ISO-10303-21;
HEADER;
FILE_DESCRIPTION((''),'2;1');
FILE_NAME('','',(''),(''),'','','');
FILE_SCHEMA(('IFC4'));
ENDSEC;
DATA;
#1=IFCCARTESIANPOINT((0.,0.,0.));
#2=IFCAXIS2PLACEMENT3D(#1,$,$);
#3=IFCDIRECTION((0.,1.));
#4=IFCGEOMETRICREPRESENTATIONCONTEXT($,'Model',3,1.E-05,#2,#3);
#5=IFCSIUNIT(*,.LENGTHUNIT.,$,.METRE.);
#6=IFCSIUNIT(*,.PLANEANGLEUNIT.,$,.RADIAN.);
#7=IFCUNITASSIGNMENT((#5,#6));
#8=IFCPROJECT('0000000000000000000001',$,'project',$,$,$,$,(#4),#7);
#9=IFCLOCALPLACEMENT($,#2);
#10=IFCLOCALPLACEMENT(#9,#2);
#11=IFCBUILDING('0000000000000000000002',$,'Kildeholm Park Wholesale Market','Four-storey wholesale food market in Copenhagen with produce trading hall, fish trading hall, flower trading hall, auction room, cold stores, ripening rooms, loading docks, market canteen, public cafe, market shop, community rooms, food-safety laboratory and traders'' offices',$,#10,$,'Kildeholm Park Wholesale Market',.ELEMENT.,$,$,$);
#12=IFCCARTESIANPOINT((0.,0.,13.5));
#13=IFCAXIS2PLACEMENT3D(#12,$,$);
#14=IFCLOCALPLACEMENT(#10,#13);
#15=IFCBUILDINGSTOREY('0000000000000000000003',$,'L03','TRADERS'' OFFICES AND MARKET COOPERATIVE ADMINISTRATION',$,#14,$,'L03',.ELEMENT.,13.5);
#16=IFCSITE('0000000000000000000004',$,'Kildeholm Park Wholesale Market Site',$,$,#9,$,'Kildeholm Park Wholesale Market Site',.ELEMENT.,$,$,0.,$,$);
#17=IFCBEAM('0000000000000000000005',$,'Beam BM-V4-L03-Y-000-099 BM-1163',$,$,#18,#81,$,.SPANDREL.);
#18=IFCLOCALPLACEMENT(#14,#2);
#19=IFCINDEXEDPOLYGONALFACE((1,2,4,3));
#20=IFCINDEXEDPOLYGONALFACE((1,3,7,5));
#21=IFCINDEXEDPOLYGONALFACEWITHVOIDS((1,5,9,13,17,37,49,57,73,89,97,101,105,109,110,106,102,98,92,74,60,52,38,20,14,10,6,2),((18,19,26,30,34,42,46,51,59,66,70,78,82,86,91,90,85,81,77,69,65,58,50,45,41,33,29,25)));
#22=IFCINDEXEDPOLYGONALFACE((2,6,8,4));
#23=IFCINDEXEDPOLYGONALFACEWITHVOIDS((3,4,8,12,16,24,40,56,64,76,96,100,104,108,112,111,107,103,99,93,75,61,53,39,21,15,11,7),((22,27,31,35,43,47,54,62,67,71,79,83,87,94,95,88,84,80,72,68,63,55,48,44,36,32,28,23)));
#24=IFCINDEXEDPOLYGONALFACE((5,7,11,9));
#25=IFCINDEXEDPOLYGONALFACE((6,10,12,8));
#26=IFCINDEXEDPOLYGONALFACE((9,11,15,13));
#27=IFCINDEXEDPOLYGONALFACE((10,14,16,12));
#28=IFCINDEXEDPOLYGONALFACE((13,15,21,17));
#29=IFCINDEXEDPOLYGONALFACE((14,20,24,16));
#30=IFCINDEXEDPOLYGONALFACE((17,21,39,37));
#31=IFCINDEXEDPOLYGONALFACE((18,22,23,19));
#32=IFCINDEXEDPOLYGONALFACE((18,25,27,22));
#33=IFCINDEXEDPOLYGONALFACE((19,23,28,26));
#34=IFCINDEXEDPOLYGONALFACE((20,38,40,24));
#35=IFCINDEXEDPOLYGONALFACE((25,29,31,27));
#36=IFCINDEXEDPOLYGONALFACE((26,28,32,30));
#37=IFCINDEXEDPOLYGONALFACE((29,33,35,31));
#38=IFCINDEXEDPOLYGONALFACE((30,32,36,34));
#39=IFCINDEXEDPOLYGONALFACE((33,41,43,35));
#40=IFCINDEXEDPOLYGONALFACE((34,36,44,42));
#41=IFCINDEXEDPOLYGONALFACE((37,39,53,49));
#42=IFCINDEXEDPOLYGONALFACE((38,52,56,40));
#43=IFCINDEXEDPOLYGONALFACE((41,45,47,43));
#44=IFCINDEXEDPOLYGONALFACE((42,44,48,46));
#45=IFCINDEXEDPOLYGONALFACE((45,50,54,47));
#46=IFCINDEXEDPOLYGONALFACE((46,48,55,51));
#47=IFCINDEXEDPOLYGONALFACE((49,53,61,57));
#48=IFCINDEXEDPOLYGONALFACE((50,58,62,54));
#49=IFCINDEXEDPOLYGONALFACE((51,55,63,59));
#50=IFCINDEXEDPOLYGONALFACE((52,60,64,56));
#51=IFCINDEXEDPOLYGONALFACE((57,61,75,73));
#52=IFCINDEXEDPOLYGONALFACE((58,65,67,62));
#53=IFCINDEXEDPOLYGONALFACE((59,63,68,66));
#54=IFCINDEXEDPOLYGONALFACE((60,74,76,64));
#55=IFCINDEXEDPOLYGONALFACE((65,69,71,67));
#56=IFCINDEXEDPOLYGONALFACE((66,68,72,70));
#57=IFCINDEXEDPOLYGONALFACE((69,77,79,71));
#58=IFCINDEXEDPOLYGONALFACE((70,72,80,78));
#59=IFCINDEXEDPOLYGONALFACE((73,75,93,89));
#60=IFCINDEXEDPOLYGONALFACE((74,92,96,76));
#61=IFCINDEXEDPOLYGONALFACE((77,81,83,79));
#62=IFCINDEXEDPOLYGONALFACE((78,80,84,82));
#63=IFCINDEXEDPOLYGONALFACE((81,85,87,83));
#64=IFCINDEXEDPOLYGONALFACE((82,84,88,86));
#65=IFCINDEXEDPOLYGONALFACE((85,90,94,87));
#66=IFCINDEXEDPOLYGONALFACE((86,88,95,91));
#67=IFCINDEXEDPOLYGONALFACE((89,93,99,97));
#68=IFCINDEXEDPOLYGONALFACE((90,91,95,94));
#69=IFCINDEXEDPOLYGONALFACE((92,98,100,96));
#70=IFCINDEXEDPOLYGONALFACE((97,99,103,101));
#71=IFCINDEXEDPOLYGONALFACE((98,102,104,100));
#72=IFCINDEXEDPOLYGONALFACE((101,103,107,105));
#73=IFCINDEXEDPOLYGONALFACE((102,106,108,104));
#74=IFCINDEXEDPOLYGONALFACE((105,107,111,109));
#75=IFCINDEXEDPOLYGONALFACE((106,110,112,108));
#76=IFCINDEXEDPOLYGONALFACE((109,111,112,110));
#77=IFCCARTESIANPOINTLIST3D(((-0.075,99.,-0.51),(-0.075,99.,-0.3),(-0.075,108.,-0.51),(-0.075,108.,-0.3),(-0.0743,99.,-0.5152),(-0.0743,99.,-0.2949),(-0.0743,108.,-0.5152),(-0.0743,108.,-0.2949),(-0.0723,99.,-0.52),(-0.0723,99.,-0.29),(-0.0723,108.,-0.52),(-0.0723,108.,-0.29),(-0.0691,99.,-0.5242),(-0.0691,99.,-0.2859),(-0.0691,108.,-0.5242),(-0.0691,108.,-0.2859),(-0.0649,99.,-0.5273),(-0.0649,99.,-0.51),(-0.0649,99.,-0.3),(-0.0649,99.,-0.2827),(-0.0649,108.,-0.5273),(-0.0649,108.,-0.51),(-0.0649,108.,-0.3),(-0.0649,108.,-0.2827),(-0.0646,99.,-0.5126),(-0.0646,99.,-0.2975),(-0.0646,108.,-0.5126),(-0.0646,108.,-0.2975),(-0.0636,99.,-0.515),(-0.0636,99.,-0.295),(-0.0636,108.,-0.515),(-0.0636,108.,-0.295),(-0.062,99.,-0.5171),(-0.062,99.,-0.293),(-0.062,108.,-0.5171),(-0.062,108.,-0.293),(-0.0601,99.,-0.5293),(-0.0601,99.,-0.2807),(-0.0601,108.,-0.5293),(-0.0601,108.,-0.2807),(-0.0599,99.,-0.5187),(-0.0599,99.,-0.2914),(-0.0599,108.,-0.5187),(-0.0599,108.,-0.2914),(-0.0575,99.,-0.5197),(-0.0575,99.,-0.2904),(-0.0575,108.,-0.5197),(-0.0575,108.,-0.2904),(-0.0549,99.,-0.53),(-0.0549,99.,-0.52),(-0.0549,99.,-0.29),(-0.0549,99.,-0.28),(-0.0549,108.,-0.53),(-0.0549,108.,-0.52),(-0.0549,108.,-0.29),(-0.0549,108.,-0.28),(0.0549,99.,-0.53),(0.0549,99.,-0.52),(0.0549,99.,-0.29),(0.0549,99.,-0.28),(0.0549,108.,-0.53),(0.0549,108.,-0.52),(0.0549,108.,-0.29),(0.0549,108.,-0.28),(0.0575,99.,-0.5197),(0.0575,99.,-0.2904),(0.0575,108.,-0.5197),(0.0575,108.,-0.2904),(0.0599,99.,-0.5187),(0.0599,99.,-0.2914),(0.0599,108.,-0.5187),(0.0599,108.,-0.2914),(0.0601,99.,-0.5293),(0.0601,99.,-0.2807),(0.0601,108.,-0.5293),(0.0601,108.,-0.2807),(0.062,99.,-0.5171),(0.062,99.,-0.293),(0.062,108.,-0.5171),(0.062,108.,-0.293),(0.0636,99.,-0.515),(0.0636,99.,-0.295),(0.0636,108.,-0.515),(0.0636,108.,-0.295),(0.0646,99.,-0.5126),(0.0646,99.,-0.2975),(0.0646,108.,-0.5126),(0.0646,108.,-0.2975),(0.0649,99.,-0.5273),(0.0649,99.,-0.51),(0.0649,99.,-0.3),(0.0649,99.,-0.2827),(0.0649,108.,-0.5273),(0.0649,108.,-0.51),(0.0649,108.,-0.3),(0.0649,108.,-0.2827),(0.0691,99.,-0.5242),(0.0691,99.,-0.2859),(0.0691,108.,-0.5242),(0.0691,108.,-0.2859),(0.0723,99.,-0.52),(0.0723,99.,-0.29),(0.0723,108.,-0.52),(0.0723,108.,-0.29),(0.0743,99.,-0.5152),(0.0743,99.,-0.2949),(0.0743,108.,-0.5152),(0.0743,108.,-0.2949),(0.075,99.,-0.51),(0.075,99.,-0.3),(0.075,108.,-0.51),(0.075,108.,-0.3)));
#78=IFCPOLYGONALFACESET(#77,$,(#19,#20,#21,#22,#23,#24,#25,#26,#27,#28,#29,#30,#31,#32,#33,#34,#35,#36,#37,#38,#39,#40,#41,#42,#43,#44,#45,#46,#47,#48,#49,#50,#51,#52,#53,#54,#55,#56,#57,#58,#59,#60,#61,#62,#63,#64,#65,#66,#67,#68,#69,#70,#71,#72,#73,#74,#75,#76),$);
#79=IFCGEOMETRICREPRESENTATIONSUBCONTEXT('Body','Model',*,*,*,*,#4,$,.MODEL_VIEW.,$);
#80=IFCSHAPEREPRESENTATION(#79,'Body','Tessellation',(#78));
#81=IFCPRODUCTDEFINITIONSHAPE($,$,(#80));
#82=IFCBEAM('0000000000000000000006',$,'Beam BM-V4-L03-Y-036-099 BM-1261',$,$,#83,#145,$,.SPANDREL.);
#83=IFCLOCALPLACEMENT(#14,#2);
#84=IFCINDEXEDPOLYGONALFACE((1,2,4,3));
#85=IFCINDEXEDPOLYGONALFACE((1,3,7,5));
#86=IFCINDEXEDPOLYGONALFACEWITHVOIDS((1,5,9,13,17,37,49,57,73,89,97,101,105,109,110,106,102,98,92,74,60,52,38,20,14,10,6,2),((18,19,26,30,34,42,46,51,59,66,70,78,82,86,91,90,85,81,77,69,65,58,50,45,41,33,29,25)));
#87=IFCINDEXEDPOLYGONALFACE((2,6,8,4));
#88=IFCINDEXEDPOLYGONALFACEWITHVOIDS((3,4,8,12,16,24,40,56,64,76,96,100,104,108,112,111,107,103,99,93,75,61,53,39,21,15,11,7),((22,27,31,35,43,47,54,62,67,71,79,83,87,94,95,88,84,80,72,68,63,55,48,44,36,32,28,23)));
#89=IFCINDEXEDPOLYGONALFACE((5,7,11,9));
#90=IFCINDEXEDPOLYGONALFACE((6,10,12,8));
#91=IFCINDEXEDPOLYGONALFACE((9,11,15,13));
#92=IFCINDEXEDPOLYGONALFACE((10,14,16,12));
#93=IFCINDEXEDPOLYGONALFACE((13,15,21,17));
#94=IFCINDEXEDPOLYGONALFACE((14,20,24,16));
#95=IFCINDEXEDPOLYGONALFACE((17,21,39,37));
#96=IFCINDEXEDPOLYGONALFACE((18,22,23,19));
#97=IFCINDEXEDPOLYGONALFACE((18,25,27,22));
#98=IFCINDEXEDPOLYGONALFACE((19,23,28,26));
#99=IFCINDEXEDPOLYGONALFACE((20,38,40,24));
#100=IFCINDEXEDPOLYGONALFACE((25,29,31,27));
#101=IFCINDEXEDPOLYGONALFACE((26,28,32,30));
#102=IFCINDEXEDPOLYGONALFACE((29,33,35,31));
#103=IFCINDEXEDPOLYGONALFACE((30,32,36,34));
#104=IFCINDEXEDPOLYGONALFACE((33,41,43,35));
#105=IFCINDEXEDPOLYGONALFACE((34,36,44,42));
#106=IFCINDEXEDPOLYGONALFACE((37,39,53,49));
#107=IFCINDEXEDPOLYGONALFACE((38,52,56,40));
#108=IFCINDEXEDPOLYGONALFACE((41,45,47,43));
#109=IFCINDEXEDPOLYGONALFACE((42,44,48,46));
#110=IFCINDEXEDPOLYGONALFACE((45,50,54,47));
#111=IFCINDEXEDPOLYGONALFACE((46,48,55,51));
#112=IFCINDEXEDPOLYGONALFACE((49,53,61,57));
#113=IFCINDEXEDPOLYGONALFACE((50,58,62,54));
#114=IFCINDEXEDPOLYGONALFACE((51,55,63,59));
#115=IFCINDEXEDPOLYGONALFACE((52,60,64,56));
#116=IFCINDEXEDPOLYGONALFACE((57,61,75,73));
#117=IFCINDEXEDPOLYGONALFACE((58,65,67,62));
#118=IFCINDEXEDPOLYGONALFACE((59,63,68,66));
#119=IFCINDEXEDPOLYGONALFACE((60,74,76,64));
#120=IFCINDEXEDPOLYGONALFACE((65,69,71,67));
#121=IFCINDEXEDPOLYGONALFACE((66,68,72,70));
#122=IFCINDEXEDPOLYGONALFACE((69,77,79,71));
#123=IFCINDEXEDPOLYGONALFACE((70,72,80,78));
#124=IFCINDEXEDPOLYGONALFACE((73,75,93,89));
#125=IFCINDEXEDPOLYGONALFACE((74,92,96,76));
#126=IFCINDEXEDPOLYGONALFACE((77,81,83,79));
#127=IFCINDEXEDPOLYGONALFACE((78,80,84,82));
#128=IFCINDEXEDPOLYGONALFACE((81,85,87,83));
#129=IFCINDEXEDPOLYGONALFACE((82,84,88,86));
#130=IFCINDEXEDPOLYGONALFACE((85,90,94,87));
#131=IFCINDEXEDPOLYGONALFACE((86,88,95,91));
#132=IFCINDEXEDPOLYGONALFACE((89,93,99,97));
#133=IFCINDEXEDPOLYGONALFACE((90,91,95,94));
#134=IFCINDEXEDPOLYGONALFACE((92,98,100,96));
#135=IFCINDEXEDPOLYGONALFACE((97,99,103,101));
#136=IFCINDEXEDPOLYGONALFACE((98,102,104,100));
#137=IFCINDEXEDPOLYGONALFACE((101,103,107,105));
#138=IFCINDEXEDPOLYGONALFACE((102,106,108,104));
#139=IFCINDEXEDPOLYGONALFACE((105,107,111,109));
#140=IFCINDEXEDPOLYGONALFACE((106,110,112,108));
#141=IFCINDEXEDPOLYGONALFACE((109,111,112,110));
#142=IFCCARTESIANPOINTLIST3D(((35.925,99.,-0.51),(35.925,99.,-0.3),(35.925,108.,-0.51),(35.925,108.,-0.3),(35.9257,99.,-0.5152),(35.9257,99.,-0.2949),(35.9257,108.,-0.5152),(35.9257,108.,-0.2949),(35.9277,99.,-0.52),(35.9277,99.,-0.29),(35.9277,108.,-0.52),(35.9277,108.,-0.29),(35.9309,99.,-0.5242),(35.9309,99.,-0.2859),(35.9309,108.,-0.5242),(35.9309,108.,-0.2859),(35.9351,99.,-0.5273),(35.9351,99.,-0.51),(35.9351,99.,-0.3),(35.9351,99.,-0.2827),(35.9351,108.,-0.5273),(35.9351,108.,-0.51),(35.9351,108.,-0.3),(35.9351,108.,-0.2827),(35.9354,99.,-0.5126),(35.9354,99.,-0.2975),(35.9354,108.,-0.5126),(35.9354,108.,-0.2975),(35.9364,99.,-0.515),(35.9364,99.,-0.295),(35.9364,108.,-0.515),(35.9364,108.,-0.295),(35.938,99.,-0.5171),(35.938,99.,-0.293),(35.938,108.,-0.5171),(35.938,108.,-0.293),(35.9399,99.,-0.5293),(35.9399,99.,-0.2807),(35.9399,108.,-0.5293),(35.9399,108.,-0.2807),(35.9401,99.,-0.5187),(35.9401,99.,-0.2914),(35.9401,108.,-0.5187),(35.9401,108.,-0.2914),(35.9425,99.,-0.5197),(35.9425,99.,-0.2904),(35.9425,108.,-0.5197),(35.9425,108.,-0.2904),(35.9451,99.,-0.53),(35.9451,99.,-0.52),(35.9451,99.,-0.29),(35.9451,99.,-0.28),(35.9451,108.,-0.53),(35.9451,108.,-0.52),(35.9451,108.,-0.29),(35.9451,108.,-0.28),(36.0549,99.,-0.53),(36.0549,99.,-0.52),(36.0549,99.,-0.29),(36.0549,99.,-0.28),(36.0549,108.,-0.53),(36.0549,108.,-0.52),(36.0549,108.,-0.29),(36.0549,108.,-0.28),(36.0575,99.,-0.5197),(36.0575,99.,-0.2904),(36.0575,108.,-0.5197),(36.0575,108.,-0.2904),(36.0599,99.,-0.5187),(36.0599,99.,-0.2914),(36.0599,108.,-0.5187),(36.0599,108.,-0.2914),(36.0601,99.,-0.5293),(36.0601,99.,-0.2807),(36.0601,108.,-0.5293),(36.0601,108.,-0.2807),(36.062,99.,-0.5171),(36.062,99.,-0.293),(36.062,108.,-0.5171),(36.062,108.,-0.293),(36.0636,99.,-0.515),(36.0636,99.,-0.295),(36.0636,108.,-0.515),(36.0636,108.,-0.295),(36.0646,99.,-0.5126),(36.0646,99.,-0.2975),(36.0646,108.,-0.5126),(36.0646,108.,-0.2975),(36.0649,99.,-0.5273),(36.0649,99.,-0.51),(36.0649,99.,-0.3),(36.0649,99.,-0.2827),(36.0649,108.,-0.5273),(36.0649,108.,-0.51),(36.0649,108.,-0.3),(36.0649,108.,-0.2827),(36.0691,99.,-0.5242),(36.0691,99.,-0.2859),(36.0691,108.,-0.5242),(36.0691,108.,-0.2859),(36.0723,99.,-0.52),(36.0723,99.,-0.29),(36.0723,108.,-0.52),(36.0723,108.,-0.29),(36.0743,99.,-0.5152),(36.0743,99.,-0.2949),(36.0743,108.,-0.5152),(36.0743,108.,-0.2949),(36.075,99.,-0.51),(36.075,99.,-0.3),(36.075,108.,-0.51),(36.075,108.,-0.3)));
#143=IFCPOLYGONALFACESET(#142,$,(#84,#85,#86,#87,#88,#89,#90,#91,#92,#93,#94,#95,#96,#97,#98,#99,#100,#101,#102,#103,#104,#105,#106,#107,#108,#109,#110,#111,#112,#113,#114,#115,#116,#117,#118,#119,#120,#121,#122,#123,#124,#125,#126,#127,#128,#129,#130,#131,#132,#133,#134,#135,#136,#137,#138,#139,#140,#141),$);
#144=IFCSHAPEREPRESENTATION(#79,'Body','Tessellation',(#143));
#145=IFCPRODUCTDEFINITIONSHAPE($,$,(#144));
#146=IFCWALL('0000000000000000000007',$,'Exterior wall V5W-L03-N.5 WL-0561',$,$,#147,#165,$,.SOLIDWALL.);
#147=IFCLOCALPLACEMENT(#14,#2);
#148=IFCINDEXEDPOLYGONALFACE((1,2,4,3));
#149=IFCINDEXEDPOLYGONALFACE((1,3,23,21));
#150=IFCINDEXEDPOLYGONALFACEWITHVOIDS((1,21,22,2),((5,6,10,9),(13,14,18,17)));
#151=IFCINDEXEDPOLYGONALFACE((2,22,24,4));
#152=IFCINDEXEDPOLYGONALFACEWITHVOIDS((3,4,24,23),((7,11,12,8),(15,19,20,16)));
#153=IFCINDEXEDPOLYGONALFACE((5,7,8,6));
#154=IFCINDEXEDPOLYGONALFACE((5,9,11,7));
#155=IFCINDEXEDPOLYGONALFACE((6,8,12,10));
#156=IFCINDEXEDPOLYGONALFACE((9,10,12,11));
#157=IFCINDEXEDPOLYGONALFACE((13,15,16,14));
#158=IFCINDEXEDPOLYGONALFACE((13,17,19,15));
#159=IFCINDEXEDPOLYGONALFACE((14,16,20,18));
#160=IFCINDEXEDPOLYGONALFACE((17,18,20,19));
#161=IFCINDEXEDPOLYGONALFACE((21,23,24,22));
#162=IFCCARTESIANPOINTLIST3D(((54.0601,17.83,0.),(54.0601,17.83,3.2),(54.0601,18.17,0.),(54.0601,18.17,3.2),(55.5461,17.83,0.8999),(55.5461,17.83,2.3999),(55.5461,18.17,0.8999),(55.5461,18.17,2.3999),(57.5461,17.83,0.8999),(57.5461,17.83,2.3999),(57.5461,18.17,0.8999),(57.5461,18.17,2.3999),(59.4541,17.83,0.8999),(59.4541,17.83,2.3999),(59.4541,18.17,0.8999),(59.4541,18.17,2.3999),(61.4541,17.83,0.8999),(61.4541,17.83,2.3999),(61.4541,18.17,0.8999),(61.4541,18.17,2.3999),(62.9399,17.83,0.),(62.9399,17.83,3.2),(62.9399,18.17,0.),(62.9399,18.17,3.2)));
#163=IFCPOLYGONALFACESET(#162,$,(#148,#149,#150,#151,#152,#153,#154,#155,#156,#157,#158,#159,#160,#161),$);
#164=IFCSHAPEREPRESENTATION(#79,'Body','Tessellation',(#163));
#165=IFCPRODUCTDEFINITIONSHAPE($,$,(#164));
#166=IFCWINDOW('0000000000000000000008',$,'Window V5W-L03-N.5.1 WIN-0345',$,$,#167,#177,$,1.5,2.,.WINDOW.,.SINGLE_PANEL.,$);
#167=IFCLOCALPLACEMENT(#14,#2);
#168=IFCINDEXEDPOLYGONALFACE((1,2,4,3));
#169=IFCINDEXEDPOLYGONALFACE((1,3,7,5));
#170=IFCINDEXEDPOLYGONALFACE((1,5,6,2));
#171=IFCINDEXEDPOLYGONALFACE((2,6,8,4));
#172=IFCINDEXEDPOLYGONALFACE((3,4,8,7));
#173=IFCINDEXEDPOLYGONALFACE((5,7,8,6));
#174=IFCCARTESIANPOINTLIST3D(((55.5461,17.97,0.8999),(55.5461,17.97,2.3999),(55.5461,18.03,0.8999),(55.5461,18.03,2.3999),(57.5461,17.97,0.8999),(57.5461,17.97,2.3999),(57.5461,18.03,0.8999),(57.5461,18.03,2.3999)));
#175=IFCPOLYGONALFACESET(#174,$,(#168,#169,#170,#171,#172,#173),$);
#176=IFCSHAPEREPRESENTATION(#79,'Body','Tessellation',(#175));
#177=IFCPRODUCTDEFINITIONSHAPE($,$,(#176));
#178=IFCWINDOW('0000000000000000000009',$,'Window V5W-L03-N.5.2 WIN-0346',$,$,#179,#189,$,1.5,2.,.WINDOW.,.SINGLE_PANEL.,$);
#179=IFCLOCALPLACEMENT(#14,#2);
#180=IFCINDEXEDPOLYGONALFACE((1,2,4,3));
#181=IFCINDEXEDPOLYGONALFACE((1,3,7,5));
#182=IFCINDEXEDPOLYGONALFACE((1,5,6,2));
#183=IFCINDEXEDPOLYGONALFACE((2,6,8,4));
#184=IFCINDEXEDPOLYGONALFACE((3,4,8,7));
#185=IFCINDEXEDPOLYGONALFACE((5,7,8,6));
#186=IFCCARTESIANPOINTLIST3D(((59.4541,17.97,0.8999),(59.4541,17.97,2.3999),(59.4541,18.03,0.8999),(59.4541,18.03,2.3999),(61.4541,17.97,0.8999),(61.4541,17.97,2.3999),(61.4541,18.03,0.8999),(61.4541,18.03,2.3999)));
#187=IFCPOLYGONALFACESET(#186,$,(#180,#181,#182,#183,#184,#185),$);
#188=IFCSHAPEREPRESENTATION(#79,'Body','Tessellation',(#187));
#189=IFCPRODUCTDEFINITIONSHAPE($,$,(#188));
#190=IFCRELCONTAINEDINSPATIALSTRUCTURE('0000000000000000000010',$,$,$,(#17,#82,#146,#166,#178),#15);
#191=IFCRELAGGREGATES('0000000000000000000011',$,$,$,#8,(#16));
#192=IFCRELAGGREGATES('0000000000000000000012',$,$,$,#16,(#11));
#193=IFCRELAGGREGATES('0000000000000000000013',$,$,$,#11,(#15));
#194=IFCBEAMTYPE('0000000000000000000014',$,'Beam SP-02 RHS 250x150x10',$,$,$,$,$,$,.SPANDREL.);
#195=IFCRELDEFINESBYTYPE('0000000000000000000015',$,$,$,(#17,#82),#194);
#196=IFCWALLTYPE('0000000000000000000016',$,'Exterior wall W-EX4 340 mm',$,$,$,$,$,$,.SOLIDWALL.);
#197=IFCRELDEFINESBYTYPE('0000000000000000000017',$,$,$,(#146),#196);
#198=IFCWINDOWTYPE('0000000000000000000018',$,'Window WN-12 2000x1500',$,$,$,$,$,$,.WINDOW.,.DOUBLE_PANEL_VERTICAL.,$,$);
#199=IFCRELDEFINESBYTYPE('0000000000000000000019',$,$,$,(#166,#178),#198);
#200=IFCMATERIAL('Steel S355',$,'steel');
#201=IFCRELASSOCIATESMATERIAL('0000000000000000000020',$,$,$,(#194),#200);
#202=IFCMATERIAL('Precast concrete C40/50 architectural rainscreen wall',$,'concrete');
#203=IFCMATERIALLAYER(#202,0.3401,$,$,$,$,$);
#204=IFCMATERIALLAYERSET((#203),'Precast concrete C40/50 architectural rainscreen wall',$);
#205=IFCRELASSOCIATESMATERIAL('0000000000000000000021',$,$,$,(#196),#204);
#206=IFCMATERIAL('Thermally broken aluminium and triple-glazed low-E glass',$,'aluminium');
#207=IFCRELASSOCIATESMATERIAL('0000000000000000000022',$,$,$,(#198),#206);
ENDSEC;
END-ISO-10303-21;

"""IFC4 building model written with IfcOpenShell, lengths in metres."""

from ifc_helpers import new_model, si_unit, direction, frame, frame_2d, origin, origin_2d, place, context, subcontext, project, spatial, rectangle, hollow_rectangle, extrude, material, layer, layer_set, material_profile, profile_set, type_object, element, fill, save


model = new_model("IFC4")

# Units and contexts
model_context = context("Model", 3, precision=1e-05, world=origin(), true_north=direction((0.0, 1.0)))
body_context = subcontext(model_context, "Body", "Model", "MODEL_VIEW")
ifc_project = project(units=[si_unit("LENGTHUNIT", "METRE"), si_unit("PLANEANGLEUNIT", "RADIAN")], contexts=[model_context])

# Site, building, storey
site_placement = place(None, origin())
site = spatial("IfcSite", under=ifc_project, at=site_placement, Name="Kildeholm Park Wholesale Market Site", LongName="Kildeholm Park Wholesale Market Site", CompositionType="ELEMENT", RefElevation=0.0)
building_placement = place(site_placement, origin())
building = spatial("IfcBuilding", under=site, at=building_placement, Name="Kildeholm Park Wholesale Market", Description="Four-storey wholesale food market in Copenhagen with produce trading hall, fish trading hall, flower trading hall, auction room, cold stores, ripening rooms, loading docks, market canteen, public cafe, market shop, community rooms, food-safety laboratory and traders' offices", LongName="Kildeholm Park Wholesale Market", CompositionType="ELEMENT")
storey_placement = place(building_placement, frame((0.0, 0.0, 13.5)))
storey = spatial("IfcBuildingStorey", under=building, at=storey_placement, Name="L03", Description="TRADERS' OFFICES AND MARKET COOPERATIVE ADMINISTRATION", LongName="L03", CompositionType="ELEMENT", Elevation=13.5)

# Shared definitions
ifc_material_1 = material(Name="Steel S355", Category="steel")

# Beams
ifc_material_profile_1 = material_profile(ifc_material_1, hollow_rectangle(XDim=0.1499, YDim=0.25, WallThickness=0.01, InnerFilletRadius=0.01, OuterFilletRadius=0.02, at=origin_2d()), Name="RHS 250x150x10")
ifc_profile_set_1 = profile_set([ifc_material_profile_1], Name="Steel S355")
beam_type_1 = type_object("IfcBeamType", Name="Beam SP-02 RHS 250x150x10", PredefinedType="SPANDREL", material=ifc_profile_set_1)
for number, where, z_axis, x_axis, name in (
    (1, (0.0, 99.0, -0.405), (0.0, 1.0, 0.0), (-1.0, 0.0, 0.0), "Beam BM-V4-L03-Y-000-099 BM-1163"),
    (2, (36.0, 99.0, -0.405), (0.0, 1.0, 0.0), (-1.0, 0.0, 0.0), "Beam BM-V4-L03-Y-036-099 BM-1261"),
):
    element("IfcBeam", number, at=place(storey_placement, frame(where, z_axis=z_axis, x_axis=x_axis)), inside=storey, type_object=beam_type_1, Name=name, PredefinedType="SPANDREL", context=body_context, shape_type="SweptSolid", body=[
        extrude(hollow_rectangle(XDim=0.1499, YDim=0.25, WallThickness=0.01, InnerFilletRadius=0.01, OuterFilletRadius=0.02, at=origin_2d()), origin(), (0.0, 0.0, 1.0), 9.0),
    ])

# Wall, openings, windows
ifc_material_2 = material(Name="Precast concrete C40/50 architectural rainscreen wall", Category="concrete")
ifc_layer = layer(ifc_material_2, 0.3401)
ifc_layer_set = layer_set([ifc_layer], Name="Precast concrete C40/50 architectural rainscreen wall")
wall_type = type_object("IfcWallType", Name="Exterior wall W-EX4 340 mm", PredefinedType="SOLIDWALL", material=ifc_layer_set)
wall_placement = place(storey_placement, frame((54.0601, 18.0, 0.0), z_axis=(0.0, 0.0, 1.0), x_axis=(1.0, 0.0, 0.0)))
wall = element("IfcWall", 3, at=wall_placement, inside=storey, type_object=wall_type, Name="Exterior wall V5W-L03-N.5 WL-0561", PredefinedType="SOLIDWALL", context=body_context, shape_type="SweptSolid", body=[
    extrude(rectangle(XDim=8.8799, YDim=0.3401, at=frame_2d((4.4399, 0.0))), origin(), (0.0, 0.0, 1.0), 3.2),
])
opening_1_placement = place(wall_placement, frame((1.4861, 0.0, 0.8999)))
opening_1 = element("IfcOpeningElement", 4, at=opening_1_placement, cuts=wall, PredefinedType="OPENING", context=body_context, shape_type="SweptSolid", body=[
    extrude(rectangle(XDim=2.0, YDim=1.5, at=frame_2d((1.0, 0.75))), frame((0.0, 0.1799, 0.0), z_axis=(0.0, -1.0, 0.0), x_axis=(1.0, 0.0, 0.0)), (0.0, 0.0, 1.0), 0.3601),
])
opening_2_placement = place(wall_placement, frame((5.394, 0.0, 0.8999)))
opening_2 = element("IfcOpeningElement", 5, at=opening_2_placement, cuts=wall, PredefinedType="OPENING", context=body_context, shape_type="SweptSolid", body=[
    extrude(rectangle(XDim=2.0, YDim=1.5, at=frame_2d((1.0, 0.75))), frame((0.0, 0.1799, 0.0), z_axis=(0.0, -1.0, 0.0), x_axis=(1.0, 0.0, 0.0)), (0.0, 0.0, 1.0), 0.3601),
])
ifc_material_3 = material(Name="Thermally broken aluminium and triple-glazed low-E glass", Category="aluminium")
window_type = type_object("IfcWindowType", Name="Window WN-12 2000x1500", PartitioningType="DOUBLE_PANEL_VERTICAL", PredefinedType="WINDOW", material=ifc_material_3)
window_1_placement = place(opening_1_placement, origin())
window_1 = element("IfcWindow", 6, at=window_1_placement, inside=storey, type_object=window_type, Name="Window V5W-L03-N.5.1 WIN-0345", OverallHeight=1.5, OverallWidth=2.0, PartitioningType="SINGLE_PANEL", PredefinedType="WINDOW", context=body_context, shape_type="SweptSolid", body=[
    extrude(rectangle(XDim=2.0, YDim=1.5, at=frame_2d((1.0, 0.75))), frame((0.0, 0.03, 0.0), z_axis=(0.0, -1.0, 0.0), x_axis=(1.0, 0.0, 0.0)), (0.0, 0.0, 1.0), 0.0601),
])
fill(opening_1, window_1)
window_2_placement = place(opening_2_placement, origin())
window_2 = element("IfcWindow", 7, at=window_2_placement, inside=storey, type_object=window_type, Name="Window V5W-L03-N.5.2 WIN-0346", OverallHeight=1.5, OverallWidth=2.0, PartitioningType="SINGLE_PANEL", PredefinedType="WINDOW", context=body_context, shape_type="SweptSolid", body=[
    extrude(rectangle(XDim=2.0, YDim=1.5, at=frame_2d((1.0, 0.75))), frame((0.0, 0.03, 0.0), z_axis=(0.0, -1.0, 0.0), x_axis=(1.0, 0.0, 0.0)), (0.0, 0.0, 1.0), 0.0601),
])
fill(opening_2, window_2)

save(model, "model.ifc")
